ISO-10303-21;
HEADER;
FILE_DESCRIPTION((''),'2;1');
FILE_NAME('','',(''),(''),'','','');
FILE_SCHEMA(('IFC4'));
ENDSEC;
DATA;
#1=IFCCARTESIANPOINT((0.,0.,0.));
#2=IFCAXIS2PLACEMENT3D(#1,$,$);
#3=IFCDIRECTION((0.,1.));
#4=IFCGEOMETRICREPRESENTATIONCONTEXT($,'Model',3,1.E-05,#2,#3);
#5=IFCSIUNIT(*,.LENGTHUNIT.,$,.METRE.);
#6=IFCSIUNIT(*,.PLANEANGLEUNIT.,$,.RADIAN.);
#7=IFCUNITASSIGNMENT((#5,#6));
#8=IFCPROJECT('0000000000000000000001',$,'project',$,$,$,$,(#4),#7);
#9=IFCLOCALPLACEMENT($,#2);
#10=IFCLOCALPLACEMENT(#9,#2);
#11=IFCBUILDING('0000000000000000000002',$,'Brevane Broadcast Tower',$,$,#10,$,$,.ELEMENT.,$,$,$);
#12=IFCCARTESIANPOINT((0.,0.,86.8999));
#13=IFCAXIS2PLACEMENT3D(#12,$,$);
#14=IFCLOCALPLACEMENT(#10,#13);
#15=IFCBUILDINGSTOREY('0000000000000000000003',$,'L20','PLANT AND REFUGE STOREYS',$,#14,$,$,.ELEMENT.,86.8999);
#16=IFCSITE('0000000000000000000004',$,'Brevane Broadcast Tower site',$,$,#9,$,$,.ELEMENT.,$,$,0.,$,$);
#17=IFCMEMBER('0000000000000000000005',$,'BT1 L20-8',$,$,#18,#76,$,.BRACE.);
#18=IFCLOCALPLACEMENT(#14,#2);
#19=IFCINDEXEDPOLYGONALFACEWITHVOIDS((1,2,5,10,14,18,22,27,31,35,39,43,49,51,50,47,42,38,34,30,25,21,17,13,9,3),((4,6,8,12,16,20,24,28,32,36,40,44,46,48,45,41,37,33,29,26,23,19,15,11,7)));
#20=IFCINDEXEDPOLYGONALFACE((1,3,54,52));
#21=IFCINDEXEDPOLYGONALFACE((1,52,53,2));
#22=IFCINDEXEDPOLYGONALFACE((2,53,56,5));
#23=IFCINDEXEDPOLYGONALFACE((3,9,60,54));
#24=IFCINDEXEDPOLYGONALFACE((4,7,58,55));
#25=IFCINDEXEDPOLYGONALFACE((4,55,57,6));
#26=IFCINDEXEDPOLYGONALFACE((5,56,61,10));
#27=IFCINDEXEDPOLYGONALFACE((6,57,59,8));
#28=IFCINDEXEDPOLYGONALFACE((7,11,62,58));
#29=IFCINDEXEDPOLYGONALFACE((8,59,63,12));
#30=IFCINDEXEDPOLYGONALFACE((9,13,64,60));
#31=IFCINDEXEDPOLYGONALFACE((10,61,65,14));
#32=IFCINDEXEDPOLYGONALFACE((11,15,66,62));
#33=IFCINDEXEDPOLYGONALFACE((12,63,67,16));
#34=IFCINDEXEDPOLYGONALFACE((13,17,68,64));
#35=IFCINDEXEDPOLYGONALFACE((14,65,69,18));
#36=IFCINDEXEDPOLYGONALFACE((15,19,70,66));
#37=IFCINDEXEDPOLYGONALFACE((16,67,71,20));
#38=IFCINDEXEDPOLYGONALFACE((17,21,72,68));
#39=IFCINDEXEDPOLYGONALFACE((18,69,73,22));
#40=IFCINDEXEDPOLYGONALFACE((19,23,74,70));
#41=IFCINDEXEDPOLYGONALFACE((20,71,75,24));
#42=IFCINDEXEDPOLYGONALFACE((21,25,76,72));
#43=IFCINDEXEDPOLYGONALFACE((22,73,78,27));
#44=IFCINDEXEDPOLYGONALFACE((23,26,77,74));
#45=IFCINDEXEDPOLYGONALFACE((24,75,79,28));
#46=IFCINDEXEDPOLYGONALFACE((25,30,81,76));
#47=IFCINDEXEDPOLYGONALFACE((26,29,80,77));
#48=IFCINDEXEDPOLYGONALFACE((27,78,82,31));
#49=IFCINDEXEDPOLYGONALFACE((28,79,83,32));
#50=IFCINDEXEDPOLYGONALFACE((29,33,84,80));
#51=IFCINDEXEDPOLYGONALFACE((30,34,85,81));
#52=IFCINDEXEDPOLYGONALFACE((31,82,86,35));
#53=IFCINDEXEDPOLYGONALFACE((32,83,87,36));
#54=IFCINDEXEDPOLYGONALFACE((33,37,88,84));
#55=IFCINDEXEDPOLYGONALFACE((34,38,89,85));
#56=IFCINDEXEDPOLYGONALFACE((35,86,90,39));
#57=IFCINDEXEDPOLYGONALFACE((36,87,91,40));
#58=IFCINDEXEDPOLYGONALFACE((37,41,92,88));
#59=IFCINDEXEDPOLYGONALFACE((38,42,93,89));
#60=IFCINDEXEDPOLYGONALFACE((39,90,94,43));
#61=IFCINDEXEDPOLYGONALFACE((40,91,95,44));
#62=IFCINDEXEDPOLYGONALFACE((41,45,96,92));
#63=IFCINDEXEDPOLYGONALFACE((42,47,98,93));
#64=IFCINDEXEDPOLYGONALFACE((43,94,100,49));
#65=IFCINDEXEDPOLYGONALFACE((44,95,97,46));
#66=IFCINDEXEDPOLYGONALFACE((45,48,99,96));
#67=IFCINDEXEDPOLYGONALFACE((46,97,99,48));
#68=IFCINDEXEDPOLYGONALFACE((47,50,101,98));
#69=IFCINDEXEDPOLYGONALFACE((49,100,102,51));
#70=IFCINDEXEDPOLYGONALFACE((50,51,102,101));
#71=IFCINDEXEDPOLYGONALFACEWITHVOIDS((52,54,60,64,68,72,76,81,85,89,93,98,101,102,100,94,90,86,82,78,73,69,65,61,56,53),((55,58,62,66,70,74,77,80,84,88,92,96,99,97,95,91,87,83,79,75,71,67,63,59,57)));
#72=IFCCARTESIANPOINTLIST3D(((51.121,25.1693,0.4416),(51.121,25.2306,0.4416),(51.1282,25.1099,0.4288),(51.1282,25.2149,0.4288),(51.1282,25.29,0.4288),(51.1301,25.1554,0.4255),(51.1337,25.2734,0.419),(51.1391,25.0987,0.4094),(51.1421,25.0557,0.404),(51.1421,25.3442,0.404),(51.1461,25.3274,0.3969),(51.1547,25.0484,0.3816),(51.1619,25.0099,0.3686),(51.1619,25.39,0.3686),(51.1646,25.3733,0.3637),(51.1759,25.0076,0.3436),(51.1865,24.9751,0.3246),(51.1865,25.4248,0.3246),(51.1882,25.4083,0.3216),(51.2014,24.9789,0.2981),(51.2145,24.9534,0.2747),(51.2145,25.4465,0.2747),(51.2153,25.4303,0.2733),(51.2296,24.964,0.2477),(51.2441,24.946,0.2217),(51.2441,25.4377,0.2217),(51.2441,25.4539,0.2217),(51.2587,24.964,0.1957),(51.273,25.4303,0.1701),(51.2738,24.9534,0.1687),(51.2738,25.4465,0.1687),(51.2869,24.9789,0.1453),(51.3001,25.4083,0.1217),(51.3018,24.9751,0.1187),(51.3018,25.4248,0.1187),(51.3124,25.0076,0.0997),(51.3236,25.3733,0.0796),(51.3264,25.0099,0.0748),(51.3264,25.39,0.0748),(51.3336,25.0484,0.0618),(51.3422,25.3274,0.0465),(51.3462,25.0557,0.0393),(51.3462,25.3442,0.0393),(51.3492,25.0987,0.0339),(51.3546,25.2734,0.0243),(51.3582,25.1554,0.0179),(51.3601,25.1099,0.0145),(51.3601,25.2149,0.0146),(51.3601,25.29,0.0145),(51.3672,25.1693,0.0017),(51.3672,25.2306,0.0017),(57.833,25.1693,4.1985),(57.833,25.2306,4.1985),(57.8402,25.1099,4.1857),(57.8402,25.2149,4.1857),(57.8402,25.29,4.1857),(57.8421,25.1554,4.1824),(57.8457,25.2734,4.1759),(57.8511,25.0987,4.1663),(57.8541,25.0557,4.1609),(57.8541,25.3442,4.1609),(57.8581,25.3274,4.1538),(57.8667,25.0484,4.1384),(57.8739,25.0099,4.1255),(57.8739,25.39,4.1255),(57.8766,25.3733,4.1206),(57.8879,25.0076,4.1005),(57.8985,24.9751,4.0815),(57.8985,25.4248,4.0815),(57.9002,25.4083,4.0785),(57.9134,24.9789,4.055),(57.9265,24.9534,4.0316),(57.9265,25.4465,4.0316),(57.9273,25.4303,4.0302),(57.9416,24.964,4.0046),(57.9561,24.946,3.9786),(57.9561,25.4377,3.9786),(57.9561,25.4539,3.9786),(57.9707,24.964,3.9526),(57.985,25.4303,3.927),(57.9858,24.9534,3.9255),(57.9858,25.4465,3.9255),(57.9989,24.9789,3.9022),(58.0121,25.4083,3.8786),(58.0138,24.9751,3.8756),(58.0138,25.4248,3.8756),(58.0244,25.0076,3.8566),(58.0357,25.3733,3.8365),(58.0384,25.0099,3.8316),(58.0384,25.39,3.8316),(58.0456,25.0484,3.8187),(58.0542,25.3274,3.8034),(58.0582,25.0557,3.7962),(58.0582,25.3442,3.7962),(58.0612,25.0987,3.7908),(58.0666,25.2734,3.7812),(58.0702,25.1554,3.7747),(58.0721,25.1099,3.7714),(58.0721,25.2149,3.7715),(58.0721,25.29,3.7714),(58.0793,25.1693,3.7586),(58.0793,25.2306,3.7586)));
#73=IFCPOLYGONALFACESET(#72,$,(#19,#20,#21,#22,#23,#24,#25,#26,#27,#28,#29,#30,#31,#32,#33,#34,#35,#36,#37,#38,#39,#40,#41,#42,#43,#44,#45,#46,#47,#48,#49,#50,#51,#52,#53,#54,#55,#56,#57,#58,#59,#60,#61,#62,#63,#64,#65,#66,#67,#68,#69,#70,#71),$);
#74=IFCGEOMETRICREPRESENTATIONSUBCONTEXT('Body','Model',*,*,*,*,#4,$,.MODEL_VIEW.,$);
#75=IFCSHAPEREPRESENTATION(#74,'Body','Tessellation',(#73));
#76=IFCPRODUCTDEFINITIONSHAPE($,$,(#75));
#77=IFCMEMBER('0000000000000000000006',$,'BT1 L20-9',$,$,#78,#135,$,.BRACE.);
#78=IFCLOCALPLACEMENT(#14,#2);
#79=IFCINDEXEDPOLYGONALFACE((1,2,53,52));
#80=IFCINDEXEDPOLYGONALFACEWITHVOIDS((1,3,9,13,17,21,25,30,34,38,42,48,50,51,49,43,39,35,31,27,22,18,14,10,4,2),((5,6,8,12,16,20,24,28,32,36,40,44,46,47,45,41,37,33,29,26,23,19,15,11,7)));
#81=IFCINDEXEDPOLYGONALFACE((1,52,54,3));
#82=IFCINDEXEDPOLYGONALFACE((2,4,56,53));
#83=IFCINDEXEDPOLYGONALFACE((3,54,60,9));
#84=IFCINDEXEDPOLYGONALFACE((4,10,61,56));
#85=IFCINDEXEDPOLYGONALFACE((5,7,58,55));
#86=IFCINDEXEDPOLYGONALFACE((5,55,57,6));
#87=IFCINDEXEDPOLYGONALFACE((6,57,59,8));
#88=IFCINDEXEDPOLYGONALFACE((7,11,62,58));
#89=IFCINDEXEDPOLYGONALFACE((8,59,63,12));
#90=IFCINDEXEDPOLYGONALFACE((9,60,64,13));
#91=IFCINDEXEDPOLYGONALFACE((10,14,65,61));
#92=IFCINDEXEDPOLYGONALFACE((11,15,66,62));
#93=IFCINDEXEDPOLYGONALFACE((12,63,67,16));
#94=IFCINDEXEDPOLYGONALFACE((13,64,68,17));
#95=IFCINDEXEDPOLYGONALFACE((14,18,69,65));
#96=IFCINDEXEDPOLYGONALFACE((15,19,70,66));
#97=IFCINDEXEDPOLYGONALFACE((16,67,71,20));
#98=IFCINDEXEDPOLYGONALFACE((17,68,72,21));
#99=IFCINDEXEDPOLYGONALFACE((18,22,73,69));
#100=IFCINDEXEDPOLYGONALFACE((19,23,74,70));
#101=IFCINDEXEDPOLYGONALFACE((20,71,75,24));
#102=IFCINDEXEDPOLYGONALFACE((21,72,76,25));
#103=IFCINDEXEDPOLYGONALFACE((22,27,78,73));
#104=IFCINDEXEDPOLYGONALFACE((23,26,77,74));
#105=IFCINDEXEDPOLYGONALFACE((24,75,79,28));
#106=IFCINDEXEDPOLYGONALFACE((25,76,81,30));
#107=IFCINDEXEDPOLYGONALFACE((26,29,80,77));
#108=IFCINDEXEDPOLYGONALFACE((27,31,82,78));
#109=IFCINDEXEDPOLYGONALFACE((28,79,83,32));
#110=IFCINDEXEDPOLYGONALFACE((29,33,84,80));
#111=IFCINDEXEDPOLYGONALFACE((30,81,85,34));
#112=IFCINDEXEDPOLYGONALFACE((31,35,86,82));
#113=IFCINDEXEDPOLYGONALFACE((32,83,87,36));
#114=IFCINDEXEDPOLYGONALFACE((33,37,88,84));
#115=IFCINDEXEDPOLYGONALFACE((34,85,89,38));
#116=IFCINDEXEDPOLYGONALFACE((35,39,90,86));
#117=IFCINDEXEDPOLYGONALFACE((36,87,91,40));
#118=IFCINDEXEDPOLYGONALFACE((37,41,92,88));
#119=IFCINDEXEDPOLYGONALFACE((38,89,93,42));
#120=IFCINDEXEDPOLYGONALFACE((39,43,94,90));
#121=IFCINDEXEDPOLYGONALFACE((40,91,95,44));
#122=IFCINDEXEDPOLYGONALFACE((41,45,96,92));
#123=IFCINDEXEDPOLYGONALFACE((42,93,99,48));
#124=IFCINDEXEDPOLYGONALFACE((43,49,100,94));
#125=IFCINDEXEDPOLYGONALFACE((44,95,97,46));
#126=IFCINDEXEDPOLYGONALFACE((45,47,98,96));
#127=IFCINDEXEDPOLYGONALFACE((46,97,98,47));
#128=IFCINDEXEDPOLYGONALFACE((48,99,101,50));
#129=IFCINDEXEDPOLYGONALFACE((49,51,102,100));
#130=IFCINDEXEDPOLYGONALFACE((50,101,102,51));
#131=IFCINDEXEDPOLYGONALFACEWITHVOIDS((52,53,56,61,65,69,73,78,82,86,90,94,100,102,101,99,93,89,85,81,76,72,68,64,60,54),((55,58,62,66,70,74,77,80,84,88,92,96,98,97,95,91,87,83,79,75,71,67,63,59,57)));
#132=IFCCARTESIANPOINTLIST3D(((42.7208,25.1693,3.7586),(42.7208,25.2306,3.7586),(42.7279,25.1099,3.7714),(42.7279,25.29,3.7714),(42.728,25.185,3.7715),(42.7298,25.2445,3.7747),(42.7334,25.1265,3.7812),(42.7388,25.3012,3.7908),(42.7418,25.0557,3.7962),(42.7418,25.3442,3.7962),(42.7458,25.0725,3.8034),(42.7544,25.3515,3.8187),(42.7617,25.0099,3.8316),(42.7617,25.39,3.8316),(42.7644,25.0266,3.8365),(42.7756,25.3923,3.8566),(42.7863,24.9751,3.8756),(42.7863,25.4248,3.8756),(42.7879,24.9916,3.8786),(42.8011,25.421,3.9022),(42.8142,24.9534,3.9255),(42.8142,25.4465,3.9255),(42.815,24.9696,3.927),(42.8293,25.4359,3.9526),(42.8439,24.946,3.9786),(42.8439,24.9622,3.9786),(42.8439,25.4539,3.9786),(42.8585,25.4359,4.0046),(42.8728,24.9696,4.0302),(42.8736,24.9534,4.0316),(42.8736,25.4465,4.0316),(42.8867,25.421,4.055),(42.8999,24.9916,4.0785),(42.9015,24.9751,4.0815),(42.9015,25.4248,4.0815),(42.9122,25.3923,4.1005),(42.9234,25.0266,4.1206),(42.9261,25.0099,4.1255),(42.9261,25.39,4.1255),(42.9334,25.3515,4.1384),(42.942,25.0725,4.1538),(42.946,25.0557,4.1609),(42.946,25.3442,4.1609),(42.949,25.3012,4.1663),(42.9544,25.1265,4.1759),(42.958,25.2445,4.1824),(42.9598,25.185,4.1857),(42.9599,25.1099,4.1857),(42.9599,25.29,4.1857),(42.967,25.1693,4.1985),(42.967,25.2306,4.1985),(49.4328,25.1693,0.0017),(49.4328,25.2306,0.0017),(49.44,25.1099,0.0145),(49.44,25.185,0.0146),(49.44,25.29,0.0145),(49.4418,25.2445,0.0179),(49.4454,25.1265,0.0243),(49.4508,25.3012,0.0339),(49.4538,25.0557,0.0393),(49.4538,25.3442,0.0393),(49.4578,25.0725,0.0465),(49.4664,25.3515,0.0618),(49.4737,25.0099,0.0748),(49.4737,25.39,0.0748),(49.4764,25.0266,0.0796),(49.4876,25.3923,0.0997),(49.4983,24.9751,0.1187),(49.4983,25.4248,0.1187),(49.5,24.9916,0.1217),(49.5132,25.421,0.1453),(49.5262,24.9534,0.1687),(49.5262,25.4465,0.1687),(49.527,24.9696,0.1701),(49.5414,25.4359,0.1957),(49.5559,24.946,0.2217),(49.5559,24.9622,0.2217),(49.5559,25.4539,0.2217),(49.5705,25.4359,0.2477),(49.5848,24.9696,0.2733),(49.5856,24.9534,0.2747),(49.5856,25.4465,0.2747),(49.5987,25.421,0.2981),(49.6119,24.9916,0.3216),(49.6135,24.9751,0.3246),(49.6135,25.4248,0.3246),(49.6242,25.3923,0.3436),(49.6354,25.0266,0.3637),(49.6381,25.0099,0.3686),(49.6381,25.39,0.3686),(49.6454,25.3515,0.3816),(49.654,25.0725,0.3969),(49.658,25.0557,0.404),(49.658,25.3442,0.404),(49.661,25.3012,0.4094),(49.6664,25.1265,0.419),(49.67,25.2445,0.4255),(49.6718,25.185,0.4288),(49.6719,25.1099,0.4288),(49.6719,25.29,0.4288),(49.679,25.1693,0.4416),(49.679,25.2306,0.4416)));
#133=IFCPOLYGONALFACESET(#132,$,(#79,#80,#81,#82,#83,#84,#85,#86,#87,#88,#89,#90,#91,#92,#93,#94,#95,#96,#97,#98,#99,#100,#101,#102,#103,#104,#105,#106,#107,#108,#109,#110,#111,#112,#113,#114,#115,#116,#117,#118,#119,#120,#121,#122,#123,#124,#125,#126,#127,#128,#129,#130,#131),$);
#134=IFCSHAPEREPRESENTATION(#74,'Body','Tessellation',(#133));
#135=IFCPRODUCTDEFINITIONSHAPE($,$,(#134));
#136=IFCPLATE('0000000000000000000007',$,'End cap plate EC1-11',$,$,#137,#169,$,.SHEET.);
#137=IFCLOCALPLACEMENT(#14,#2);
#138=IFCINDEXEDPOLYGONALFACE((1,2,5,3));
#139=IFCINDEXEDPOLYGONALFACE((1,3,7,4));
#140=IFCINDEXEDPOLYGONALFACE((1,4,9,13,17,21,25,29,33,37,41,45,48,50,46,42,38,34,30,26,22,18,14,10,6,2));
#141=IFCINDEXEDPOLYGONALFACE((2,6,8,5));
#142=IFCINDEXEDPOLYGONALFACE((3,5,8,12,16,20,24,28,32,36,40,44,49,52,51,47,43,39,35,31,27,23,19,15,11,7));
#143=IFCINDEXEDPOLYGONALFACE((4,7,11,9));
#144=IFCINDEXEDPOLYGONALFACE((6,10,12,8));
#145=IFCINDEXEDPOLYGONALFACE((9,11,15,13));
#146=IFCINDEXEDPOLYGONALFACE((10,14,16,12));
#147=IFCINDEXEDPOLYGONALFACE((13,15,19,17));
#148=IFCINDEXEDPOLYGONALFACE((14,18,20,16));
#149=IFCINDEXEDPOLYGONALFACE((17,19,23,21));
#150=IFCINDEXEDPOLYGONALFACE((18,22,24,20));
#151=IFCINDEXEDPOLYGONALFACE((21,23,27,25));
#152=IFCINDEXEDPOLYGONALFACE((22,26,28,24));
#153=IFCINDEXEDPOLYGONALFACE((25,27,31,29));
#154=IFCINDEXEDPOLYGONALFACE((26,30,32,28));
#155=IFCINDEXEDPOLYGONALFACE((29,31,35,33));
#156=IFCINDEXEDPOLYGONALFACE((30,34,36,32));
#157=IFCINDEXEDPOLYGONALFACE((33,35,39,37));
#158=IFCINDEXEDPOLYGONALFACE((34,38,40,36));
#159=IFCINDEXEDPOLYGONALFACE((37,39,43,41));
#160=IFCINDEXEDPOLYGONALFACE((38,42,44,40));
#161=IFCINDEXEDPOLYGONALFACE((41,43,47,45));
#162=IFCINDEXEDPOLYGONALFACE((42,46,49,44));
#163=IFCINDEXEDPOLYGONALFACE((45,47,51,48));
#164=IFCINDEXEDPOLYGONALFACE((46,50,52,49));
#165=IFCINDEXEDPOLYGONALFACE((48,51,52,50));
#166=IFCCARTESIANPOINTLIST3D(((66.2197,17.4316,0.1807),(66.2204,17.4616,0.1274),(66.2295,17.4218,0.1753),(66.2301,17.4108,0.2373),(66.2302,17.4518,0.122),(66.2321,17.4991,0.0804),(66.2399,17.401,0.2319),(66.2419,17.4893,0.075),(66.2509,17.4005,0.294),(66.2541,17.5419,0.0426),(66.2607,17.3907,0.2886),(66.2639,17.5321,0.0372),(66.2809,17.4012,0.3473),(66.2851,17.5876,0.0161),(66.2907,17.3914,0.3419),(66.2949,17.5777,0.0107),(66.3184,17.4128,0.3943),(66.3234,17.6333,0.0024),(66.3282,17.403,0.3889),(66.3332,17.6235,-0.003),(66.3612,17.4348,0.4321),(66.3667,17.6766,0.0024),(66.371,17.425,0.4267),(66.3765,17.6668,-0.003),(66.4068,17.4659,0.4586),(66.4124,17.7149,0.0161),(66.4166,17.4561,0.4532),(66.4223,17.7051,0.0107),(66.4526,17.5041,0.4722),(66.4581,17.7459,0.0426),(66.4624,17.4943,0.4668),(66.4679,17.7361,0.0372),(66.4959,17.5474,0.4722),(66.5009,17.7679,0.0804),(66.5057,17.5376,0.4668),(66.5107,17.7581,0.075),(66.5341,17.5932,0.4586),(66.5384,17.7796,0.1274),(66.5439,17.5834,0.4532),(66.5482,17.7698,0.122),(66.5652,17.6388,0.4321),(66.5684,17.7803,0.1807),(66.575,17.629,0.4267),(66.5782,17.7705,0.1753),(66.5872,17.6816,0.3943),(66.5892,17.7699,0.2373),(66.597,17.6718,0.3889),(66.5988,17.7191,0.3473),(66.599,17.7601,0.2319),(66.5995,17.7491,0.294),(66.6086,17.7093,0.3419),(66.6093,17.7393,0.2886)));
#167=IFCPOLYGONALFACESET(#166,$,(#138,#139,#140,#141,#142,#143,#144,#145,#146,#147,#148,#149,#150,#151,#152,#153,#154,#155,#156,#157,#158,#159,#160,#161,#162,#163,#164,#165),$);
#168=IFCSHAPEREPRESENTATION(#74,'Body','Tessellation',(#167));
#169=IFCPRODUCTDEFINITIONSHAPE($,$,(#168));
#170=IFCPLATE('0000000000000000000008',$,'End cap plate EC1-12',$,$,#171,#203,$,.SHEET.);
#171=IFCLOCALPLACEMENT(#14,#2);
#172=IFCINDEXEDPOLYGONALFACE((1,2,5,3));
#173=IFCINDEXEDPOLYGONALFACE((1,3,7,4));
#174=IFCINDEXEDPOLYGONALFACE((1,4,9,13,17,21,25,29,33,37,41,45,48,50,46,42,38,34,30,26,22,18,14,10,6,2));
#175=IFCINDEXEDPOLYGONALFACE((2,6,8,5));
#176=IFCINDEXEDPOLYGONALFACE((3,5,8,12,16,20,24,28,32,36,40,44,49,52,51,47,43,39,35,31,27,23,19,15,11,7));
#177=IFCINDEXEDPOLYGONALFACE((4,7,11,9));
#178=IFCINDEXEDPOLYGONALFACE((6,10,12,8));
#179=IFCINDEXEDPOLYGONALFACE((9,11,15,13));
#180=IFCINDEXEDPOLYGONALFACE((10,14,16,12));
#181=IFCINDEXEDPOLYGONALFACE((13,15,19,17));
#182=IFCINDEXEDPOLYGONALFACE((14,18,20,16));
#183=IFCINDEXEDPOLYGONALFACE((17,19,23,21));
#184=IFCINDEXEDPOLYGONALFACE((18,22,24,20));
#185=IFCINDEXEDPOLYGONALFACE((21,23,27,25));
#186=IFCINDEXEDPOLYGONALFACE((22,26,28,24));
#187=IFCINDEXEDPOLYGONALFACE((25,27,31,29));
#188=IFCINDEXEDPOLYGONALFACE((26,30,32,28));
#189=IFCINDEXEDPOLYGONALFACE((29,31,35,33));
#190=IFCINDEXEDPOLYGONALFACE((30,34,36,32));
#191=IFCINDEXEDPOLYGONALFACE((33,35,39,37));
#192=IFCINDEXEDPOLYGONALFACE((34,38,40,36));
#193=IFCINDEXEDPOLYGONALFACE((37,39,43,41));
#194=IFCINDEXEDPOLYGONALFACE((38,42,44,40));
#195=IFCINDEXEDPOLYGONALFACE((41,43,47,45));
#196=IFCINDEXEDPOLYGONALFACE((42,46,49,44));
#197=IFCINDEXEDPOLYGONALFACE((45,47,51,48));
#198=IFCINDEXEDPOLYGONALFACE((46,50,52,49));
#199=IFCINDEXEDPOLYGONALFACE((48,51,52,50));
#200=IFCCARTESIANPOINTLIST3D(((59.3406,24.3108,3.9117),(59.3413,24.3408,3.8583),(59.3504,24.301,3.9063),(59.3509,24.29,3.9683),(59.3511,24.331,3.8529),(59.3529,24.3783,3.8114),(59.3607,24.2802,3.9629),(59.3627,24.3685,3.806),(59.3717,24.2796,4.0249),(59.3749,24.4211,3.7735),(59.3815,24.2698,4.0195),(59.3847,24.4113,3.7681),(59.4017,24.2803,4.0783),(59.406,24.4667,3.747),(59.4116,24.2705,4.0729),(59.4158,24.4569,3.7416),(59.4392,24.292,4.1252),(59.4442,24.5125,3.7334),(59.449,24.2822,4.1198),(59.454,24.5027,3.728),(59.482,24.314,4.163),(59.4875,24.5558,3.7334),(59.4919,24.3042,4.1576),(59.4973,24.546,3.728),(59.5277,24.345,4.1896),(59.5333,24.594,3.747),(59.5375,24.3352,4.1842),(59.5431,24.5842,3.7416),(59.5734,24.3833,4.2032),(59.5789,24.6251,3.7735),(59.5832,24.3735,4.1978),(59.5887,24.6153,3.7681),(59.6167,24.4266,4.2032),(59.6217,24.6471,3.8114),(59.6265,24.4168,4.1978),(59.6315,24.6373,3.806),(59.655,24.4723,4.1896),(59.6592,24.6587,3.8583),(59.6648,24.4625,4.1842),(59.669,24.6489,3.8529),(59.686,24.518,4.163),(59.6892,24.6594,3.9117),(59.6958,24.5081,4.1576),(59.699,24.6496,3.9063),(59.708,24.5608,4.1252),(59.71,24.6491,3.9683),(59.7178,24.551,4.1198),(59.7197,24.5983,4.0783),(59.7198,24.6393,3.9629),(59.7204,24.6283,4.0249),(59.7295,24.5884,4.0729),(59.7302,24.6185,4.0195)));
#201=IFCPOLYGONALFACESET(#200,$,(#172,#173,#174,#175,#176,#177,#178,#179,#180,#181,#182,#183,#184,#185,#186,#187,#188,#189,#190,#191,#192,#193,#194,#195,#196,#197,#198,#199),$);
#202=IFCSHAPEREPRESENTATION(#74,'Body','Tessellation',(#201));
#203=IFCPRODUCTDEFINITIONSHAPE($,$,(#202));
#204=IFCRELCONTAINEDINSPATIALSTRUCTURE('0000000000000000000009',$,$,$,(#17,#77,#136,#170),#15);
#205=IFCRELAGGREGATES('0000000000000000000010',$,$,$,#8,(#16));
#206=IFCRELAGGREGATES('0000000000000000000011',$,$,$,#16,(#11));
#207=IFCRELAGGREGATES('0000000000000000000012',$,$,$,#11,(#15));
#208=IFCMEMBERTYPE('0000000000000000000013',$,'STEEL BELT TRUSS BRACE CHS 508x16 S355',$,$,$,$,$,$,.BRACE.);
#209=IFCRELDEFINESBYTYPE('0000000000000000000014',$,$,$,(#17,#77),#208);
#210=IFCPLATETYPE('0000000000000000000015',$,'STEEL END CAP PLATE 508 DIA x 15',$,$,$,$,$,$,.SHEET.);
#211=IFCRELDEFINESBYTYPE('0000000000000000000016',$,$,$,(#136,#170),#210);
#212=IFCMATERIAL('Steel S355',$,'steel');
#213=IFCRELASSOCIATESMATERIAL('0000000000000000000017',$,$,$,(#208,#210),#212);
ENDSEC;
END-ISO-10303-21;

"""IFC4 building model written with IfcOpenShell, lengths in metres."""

from ifc_helpers import new_model, si_unit, direction, frame, origin, origin_2d, place, context, subcontext, project, spatial, circle, hollow_circle, extrude, material, material_profile, profile_set, type_object, element, save


model = new_model("IFC4")

# Units and contexts
model_context = context("Model", 3, precision=1e-05, world=origin(), true_north=direction((0.0, 1.0)))
body_context = subcontext(model_context, "Body", "Model", "MODEL_VIEW")
ifc_project = project(units=[si_unit("LENGTHUNIT", "METRE"), si_unit("PLANEANGLEUNIT", "RADIAN")], contexts=[model_context])

# Site, building, storey
site_placement = place(None, origin())
site = spatial("IfcSite", under=ifc_project, at=site_placement, Name="Brevane Broadcast Tower site", CompositionType="ELEMENT", RefElevation=0.0)
building_placement = place(site_placement, origin())
building = spatial("IfcBuilding", under=site, at=building_placement, Name="Brevane Broadcast Tower", CompositionType="ELEMENT")
storey_placement = place(building_placement, frame((0.0, 0.0, 86.8999)))
storey = spatial("IfcBuildingStorey", under=building, at=storey_placement, Name="L20", Description="PLANT AND REFUGE STOREYS", CompositionType="ELEMENT", Elevation=86.8999)

# Members
ifc_material_1 = material(Name="Steel S355", Category="steel")
ifc_material_profile_1 = material_profile(ifc_material_1, hollow_circle(Radius=0.2539, WallThickness=0.0161, at=origin_2d()), Name="CHS 508x16")
ifc_profile_set_1 = profile_set([ifc_material_profile_1], Name="Steel S355")
member_type_1 = type_object("IfcMemberType", Name="STEEL BELT TRUSS BRACE CHS 508x16 S355", PredefinedType="BRACE", material=ifc_profile_set_1)
for number, where, z_axis, x_axis, name in (
    (1, (51.2441, 25.2, 0.2217), (0.872608, 0.0, 0.488422), (0.0, 1.0, 0.0), "BT1 L20-8"),
    (2, (49.5559, 25.2, 0.2217), (-0.872608, 0.0, 0.488422), (0.0, -1.0, 0.0), "BT1 L20-9"),
):
    element("IfcMember", number, at=place(storey_placement, frame(where, z_axis=z_axis, x_axis=x_axis)), inside=storey, type_object=member_type_1, Name=name, PredefinedType="BRACE", context=body_context, shape_type="SweptSolid", body=[
        extrude(hollow_circle(Radius=0.2539, WallThickness=0.0161, at=origin_2d()), origin(), (0.0, 0.0, 1.0), 7.6919),
    ])

# Plates
ifc_material_profile_2 = material_profile(ifc_material_1, circle(Radius=0.2539, at=origin_2d()), Name="PL 508 DIA x 15")
ifc_profile_set_2 = profile_set([ifc_material_profile_2], Name="Steel S355")
plate_type = type_object("IfcPlateType", Name="STEEL END CAP PLATE 508 DIA x 15", PredefinedType="SHEET", material=ifc_profile_set_2)
for number, where, z_axis, x_axis, name in (
    (3, (66.4194, 17.5806, 0.2319), (-0.659022, 0.659022, 0.362462), (-0.707107, -0.707107, 0.0), "End cap plate EC1-11"),
    (4, (59.5403, 24.4597, 3.9629), (-0.659022, 0.659022, 0.362462), (-0.707107, -0.707107, 0.0), "End cap plate EC1-12"),
):
    element("IfcPlate", number, at=place(storey_placement, frame(where, z_axis=z_axis, x_axis=x_axis)), inside=storey, type_object=plate_type, Name=name, PredefinedType="SHEET", context=body_context, shape_type="SweptSolid", body=[
        extrude(circle(Radius=0.2539, at=origin_2d()), origin(), (0.0, 0.0, 1.0), 0.0149),
    ])

save(model, "model.ifc")
